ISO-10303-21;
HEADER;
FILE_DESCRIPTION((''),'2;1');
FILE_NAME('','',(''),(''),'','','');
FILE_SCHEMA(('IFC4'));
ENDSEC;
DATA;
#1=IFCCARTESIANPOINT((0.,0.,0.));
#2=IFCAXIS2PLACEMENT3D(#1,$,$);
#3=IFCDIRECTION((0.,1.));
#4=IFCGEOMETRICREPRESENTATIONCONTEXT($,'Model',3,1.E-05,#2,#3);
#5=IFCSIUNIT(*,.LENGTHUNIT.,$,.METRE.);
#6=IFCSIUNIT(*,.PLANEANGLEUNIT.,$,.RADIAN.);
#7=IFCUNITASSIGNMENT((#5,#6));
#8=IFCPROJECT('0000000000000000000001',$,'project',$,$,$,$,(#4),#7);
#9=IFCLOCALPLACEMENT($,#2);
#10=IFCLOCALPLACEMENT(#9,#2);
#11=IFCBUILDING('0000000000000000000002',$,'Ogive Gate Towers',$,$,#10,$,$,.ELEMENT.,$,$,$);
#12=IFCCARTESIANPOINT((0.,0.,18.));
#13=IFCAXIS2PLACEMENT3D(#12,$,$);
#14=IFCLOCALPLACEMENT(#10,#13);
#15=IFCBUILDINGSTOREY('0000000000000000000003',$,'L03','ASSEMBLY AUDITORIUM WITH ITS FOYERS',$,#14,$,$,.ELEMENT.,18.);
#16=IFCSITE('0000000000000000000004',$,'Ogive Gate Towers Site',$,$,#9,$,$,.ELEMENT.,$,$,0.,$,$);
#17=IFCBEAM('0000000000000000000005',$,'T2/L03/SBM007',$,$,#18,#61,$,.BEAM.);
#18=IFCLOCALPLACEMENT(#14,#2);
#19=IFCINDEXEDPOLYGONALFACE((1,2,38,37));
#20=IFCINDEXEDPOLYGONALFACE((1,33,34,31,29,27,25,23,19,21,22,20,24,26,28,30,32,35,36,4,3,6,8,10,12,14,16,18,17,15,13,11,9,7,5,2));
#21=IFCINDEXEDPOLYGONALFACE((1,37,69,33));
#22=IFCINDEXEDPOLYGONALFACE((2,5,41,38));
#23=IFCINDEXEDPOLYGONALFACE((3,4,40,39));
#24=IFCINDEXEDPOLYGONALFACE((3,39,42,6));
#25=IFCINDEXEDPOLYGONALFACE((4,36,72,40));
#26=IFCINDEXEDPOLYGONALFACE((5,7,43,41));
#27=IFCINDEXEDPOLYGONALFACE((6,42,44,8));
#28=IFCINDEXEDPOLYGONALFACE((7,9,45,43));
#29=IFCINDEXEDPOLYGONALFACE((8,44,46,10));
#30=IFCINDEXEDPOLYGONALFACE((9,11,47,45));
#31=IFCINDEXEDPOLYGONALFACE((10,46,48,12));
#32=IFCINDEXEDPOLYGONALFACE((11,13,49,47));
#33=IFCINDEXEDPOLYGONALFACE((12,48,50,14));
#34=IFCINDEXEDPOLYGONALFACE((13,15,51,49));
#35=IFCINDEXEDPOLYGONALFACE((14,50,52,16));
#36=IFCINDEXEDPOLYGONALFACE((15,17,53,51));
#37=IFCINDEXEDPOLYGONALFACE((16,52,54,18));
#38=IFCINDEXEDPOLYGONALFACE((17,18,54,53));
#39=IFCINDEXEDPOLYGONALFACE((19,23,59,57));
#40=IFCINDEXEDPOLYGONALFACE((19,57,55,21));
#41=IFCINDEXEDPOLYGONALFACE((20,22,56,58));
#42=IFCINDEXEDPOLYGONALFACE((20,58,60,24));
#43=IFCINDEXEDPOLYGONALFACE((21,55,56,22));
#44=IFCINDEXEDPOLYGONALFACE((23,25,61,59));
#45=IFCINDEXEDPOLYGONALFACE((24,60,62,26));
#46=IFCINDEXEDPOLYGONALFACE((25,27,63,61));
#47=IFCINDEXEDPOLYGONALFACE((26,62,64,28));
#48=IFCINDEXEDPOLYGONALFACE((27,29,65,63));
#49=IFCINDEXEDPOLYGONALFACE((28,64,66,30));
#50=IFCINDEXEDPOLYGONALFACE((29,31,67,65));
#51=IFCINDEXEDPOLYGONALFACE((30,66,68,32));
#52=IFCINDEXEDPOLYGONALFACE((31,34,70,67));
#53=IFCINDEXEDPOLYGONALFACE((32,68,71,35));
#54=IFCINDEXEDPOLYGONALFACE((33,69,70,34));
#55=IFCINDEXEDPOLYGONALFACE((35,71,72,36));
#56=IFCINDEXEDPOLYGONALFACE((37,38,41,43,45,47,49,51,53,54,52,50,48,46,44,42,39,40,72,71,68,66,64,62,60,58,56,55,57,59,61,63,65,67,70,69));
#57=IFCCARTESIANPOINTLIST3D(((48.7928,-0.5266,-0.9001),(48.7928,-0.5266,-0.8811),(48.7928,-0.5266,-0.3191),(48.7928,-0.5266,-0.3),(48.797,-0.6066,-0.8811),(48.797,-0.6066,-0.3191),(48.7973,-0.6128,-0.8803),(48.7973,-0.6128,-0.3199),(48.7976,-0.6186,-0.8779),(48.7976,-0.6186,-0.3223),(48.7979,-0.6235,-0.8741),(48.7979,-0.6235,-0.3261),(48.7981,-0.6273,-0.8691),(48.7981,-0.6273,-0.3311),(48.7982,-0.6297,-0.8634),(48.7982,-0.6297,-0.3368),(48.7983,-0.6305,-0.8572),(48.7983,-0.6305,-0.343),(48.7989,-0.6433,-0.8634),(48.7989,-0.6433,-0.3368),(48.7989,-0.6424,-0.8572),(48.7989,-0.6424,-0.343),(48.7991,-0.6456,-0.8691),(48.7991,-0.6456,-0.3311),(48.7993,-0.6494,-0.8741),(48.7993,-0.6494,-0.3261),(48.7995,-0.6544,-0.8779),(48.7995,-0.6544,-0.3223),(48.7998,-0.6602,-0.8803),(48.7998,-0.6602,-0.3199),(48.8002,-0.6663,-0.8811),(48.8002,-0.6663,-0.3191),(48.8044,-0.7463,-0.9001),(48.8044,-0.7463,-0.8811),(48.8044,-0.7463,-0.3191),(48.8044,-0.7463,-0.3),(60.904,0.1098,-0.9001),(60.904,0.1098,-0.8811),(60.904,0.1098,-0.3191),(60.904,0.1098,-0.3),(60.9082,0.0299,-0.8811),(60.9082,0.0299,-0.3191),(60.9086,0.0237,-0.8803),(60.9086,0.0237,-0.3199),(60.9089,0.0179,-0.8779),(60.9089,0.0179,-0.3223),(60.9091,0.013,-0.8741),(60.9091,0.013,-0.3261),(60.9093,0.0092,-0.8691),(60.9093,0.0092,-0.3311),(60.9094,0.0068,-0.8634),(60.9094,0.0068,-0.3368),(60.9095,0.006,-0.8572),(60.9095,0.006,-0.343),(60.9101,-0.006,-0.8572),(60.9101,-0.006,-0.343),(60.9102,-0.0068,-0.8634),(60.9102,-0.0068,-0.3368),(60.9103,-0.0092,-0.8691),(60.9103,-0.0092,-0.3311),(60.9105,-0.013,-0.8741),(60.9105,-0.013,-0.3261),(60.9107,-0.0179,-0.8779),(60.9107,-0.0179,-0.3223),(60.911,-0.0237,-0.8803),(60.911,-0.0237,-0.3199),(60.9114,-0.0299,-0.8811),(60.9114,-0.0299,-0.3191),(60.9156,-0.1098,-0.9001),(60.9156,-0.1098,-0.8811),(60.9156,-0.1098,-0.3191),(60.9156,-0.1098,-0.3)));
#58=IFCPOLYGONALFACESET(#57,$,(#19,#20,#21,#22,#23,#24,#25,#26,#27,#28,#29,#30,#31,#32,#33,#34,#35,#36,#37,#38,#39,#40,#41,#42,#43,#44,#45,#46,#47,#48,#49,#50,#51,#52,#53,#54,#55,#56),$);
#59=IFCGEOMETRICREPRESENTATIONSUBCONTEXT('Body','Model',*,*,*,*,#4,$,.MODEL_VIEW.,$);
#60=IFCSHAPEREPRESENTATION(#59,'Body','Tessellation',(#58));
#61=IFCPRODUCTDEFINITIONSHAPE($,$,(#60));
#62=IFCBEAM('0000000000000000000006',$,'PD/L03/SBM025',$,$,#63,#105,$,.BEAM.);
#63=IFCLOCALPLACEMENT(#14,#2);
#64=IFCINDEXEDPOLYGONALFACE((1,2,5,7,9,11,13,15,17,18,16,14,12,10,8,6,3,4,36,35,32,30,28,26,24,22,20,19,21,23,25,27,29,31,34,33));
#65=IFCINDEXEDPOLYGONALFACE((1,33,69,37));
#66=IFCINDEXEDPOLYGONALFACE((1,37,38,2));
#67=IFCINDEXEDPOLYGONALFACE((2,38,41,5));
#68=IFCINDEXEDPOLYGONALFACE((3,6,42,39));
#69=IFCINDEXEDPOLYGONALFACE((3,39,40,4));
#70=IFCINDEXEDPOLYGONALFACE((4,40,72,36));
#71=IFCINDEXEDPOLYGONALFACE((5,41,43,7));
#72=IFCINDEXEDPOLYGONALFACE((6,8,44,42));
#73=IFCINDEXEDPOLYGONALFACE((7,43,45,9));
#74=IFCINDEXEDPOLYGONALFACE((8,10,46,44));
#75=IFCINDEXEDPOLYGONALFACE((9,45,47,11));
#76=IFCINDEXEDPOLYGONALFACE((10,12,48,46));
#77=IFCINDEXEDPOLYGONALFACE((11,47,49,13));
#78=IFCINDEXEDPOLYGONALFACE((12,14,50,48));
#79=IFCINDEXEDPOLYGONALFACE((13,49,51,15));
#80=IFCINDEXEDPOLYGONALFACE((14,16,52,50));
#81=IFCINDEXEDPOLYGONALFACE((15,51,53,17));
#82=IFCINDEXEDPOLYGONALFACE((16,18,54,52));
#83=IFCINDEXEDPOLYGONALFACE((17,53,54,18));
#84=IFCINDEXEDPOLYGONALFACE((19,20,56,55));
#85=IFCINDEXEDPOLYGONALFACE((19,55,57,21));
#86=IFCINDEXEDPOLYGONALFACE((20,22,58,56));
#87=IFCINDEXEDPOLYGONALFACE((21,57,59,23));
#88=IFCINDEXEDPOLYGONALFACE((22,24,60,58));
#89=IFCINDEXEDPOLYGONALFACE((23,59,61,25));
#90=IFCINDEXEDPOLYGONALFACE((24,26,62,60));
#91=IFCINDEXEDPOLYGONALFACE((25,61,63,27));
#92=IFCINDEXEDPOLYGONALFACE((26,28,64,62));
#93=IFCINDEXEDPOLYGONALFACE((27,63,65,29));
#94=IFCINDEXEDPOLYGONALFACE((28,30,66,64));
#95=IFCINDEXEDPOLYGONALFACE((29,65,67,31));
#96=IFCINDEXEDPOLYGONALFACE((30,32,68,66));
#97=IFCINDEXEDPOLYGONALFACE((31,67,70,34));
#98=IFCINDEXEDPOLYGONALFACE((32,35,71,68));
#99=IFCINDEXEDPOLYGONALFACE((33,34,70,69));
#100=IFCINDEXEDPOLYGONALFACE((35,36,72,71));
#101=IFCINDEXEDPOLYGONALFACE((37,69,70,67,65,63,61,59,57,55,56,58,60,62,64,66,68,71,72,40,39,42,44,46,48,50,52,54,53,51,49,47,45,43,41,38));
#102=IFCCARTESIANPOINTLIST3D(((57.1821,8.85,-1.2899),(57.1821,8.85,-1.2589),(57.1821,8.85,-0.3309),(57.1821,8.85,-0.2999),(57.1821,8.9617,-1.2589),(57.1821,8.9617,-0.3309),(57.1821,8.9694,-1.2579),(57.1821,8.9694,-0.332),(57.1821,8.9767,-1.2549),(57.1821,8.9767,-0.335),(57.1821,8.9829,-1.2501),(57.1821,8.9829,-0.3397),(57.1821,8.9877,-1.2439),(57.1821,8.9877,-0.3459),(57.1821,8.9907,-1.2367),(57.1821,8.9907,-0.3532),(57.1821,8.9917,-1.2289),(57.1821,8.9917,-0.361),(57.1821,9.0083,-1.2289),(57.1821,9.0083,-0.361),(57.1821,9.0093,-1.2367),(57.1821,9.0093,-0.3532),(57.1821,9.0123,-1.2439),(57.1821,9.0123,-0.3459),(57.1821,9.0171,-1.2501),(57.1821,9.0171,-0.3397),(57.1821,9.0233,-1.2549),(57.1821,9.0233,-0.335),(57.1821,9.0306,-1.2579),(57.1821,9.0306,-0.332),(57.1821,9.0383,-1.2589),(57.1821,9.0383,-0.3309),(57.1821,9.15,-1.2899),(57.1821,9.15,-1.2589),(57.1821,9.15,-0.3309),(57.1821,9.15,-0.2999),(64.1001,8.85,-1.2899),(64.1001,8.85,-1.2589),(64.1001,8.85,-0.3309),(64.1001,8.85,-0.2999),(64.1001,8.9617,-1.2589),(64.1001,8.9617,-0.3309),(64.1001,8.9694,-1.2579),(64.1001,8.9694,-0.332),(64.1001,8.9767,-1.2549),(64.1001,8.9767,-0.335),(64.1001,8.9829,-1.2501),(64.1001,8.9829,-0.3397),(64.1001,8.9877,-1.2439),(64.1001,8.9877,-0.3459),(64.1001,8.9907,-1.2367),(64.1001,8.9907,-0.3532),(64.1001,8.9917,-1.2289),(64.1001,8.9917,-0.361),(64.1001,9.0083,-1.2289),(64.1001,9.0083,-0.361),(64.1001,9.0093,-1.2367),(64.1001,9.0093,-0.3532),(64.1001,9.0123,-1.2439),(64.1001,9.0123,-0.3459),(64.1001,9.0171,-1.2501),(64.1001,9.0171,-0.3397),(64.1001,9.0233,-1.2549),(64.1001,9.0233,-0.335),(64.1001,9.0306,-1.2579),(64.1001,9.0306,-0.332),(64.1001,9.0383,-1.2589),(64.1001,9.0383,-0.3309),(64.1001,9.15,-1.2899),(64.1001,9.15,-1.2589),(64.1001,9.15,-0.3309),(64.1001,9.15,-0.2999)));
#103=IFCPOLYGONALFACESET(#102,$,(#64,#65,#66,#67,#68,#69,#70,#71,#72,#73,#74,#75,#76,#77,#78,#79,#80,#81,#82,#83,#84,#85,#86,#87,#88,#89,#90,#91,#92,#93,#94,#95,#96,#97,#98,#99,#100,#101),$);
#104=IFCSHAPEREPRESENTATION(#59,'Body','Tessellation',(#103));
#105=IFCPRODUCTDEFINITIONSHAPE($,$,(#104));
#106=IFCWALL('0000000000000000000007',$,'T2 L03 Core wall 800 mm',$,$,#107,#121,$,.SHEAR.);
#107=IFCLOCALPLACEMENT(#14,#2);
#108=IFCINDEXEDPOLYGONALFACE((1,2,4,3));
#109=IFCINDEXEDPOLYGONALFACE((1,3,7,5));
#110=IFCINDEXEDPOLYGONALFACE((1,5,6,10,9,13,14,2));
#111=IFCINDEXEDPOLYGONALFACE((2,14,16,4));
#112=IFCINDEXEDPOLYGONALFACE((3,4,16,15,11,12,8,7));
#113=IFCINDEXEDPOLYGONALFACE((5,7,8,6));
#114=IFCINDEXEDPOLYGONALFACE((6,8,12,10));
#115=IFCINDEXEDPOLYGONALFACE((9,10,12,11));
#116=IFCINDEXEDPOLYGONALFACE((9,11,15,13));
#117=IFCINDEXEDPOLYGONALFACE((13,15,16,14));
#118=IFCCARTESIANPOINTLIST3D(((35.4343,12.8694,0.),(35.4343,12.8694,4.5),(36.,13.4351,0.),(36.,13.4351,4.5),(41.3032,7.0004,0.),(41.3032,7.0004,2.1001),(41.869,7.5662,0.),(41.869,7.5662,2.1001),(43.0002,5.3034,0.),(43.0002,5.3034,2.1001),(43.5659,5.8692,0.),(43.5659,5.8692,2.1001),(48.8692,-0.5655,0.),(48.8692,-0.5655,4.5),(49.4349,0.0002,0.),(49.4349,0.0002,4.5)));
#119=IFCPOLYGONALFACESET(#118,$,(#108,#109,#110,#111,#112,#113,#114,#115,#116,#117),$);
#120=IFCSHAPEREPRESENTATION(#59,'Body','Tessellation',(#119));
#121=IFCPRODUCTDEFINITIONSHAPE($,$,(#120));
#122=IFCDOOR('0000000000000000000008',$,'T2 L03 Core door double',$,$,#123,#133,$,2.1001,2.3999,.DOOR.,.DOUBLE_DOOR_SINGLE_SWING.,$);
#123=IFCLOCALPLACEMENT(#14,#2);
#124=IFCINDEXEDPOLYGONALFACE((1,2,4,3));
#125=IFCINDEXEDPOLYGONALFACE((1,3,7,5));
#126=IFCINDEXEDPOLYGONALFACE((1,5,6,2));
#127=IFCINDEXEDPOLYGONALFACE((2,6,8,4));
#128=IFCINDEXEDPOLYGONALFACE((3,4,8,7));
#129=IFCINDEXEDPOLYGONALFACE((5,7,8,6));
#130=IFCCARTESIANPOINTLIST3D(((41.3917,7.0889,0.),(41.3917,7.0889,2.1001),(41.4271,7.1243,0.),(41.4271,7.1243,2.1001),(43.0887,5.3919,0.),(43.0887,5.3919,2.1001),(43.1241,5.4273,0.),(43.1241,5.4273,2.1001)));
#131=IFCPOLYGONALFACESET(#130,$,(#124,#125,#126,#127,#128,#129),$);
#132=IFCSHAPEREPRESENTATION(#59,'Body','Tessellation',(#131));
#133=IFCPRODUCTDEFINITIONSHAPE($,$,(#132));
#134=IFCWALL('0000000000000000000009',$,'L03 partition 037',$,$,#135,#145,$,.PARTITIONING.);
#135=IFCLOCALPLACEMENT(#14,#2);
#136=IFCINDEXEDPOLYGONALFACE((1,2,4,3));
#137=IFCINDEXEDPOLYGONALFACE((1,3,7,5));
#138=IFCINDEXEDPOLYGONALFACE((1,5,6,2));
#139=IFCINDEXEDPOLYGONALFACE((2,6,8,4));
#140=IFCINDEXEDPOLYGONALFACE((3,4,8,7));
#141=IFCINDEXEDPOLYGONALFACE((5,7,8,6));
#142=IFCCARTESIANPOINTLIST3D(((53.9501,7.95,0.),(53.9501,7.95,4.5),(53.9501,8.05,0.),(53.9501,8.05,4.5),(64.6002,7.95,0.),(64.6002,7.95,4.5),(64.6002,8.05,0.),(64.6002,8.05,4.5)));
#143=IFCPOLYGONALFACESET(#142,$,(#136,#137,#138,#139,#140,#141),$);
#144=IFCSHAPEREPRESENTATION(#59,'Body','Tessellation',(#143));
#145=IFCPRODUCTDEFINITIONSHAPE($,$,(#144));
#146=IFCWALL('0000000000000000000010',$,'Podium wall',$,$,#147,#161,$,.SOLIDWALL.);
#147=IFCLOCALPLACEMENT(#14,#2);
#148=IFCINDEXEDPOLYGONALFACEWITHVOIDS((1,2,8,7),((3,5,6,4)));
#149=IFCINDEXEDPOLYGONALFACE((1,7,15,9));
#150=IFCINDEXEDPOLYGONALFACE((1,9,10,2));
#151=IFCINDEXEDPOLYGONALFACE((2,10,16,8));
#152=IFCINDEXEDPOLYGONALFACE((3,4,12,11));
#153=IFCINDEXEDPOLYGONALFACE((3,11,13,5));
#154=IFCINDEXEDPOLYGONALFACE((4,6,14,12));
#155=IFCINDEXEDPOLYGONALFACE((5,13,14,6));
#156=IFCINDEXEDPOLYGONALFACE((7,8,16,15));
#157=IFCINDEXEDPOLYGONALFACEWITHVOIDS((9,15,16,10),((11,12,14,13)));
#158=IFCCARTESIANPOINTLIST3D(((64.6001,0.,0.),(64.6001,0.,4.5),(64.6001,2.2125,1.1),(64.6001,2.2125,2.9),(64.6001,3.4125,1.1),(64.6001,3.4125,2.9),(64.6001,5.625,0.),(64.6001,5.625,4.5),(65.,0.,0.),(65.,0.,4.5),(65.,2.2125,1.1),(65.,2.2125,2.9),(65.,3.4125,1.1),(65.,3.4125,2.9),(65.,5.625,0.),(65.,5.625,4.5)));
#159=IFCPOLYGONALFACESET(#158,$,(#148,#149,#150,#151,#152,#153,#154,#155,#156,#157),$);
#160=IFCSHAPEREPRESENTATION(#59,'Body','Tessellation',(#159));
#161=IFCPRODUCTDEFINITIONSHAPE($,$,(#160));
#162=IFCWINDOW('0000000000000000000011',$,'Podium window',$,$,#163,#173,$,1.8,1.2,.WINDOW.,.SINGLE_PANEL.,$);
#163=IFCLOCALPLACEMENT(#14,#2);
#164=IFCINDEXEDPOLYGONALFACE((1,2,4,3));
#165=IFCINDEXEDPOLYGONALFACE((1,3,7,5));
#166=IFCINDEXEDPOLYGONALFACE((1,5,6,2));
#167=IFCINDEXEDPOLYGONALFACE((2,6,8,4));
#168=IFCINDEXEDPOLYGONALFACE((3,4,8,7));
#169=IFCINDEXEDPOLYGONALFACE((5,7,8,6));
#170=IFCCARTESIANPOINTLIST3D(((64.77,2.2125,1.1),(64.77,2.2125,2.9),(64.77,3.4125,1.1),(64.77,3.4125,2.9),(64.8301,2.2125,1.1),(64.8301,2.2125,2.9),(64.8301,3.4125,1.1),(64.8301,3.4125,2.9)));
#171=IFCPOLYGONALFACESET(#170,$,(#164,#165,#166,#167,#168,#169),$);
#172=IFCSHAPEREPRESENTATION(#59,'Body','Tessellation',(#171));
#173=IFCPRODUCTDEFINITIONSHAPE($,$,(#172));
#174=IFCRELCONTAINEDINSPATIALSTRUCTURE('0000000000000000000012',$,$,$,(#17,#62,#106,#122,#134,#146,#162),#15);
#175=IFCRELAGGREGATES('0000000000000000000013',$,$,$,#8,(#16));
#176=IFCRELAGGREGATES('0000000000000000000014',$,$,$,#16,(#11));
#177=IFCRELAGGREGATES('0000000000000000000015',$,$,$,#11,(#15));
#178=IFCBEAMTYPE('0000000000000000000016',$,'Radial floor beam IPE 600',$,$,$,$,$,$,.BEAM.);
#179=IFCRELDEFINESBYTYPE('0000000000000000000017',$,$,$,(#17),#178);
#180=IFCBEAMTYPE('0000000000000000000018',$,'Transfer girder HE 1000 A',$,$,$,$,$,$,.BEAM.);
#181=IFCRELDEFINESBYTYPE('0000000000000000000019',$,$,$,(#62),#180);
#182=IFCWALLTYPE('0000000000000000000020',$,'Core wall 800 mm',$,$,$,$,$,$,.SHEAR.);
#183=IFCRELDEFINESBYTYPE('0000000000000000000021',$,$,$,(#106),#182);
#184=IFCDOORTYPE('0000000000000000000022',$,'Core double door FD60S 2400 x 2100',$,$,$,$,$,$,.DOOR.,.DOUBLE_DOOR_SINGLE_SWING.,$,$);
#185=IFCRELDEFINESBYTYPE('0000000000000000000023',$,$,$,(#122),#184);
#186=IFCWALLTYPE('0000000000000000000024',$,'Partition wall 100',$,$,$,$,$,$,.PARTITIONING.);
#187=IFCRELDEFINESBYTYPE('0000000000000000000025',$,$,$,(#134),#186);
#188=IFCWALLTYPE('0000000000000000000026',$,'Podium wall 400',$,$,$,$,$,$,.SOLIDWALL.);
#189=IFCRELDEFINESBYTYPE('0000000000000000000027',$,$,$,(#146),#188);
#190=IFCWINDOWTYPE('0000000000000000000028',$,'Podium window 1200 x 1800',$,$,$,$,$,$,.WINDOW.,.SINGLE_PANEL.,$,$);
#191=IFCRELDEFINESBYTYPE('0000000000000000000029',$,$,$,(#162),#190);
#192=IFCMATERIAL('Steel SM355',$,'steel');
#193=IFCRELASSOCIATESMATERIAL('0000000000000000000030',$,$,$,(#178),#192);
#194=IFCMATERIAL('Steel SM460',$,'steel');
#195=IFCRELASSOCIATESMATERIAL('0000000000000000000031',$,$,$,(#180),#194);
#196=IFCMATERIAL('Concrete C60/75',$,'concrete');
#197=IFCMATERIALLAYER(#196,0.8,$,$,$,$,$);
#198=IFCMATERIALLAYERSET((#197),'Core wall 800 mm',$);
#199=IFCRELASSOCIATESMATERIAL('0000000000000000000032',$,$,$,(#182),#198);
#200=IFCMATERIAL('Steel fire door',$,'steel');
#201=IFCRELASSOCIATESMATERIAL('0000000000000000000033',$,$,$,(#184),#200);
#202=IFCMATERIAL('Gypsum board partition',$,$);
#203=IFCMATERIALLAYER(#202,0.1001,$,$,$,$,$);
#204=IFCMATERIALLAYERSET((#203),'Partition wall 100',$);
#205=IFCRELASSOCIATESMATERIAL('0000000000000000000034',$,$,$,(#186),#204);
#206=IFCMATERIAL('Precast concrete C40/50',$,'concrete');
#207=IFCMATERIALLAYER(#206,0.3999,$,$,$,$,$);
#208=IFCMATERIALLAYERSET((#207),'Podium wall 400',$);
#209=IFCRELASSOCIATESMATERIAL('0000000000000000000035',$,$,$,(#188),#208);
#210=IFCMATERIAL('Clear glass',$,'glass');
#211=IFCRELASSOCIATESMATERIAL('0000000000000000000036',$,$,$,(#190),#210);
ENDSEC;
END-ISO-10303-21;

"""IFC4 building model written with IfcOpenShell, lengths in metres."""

from ifc_helpers import new_model, si_unit, direction, frame, frame_2d, origin, origin_2d, place, context, subcontext, project, spatial, rectangle, i_section, extrude, material, layer, layer_set, material_profile, profile_set, type_object, element, fill, save


model = new_model("IFC4")

# Units and contexts
model_context = context("Model", 3, precision=1e-05, world=origin(), true_north=direction((0.0, 1.0)))
body_context = subcontext(model_context, "Body", "Model", "MODEL_VIEW")
ifc_project = project(units=[si_unit("LENGTHUNIT", "METRE"), si_unit("PLANEANGLEUNIT", "RADIAN")], contexts=[model_context])

# Site, building, storey
site_placement = place(None, origin())
site = spatial("IfcSite", under=ifc_project, at=site_placement, Name="Ogive Gate Towers Site", CompositionType="ELEMENT", RefElevation=0.0)
building_placement = place(site_placement, origin())
building = spatial("IfcBuilding", under=site, at=building_placement, Name="Ogive Gate Towers", CompositionType="ELEMENT")
storey_placement = place(building_placement, frame((0.0, 0.0, 18.0)))
storey = spatial("IfcBuildingStorey", under=building, at=storey_placement, Name="L03", Description="ASSEMBLY AUDITORIUM WITH ITS FOYERS", CompositionType="ELEMENT", Elevation=18.0)

# Beams
ifc_material_1 = material(Name="Steel SM460", Category="steel")
ifc_material_2 = material(Name="Steel SM355", Category="steel")
ifc_material_profile_1 = material_profile(ifc_material_2, i_section(OverallWidth=0.22, OverallDepth=0.6001, WebThickness=0.012, FlangeThickness=0.019, FilletRadius=0.0239, at=origin_2d()), Name="IPE 600")
ifc_profile_set_1 = profile_set([ifc_material_profile_1], Name="Steel SM355")
beam_type_1 = type_object("IfcBeamType", Name="Radial floor beam IPE 600", PredefinedType="BEAM", material=ifc_profile_set_1)
beam_1_placement = place(storey_placement, frame((48.7986, -0.6365, -0.6001), z_axis=(0.998622, 0.05248, 0.0), x_axis=(-0.05248, 0.998622, 0.0)))
element("IfcBeam", 1, at=beam_1_placement, inside=storey, type_object=beam_type_1, Name="T2/L03/SBM007", PredefinedType="BEAM", context=body_context, shape_type="SweptSolid", body=[
    extrude(i_section(OverallWidth=0.22, OverallDepth=0.6001, WebThickness=0.012, FlangeThickness=0.019, FilletRadius=0.0239, at=origin_2d()), origin(), (0.0, 0.0, 1.0), 12.1279),
])
ifc_material_profile_2 = material_profile(ifc_material_1, i_section(OverallWidth=0.3, OverallDepth=0.99, WebThickness=0.0166, FlangeThickness=0.031, FilletRadius=0.03, at=origin_2d()), Name="HE 1000 A")
ifc_profile_set_2 = profile_set([ifc_material_profile_2], Name="Steel SM460")
beam_type_2 = type_object("IfcBeamType", Name="Transfer girder HE 1000 A", PredefinedType="BEAM", material=ifc_profile_set_2)
beam_2_placement = place(storey_placement, frame((64.1001, 9.0, -0.7949), z_axis=(-1.0, 0.0, 0.0), x_axis=(0.0, -1.0, 0.0)))
element("IfcBeam", 2, at=beam_2_placement, inside=storey, type_object=beam_type_2, Name="PD/L03/SBM025", PredefinedType="BEAM", context=body_context, shape_type="SweptSolid", body=[
    extrude(i_section(OverallWidth=0.3, OverallDepth=0.99, WebThickness=0.0166, FlangeThickness=0.031, FilletRadius=0.03, at=origin_2d()), origin(), (0.0, 0.0, 1.0), 6.918),
])

# Wall, opening, door
ifc_material_3 = material(Name="Concrete C60/75", Category="concrete")
ifc_layer_1 = layer(ifc_material_3, 0.8)
ifc_layer_set_1 = layer_set([ifc_layer_1], Name="Core wall 800 mm")
wall_type_1 = type_object("IfcWallType", Name="Core wall 800 mm", PredefinedType="SHEAR", material=ifc_layer_set_1)
wall_1_placement = place(storey_placement, frame((49.1521, -0.2827, 0.0), z_axis=(0.0, 0.0, 1.0), x_axis=(-0.707107, 0.707107, 0.0)))
wall_1 = element("IfcWall", 3, at=wall_1_placement, inside=storey, type_object=wall_type_1, Name="T2 L03 Core wall 800 mm", PredefinedType="SHEAR", context=body_context, shape_type="SweptSolid", body=[
    extrude(rectangle(XDim=18.9998, YDim=0.8, at=frame_2d((9.5, 0.0))), origin(), (0.0, 0.0, 1.0), 4.5),
])
opening_1_placement = place(wall_1_placement, frame((8.3, 0.0, 0.0)))
opening_1 = element("IfcOpeningElement", 4, at=opening_1_placement, cuts=wall_1, PredefinedType="OPENING", context=body_context, shape_type="SweptSolid", body=[
    extrude(rectangle(XDim=2.3999, YDim=2.1001, at=frame_2d((1.2, 1.05))), frame((0.0, 0.4102, 0.0), z_axis=(0.0, -1.0, 0.0), x_axis=(1.0, 0.0, 0.0)), (0.0, 0.0, 1.0), 0.8201),
])
ifc_material_4 = material(Name="Steel fire door", Category="steel")
door_type_1 = type_object("IfcDoorType", Name="Core double door FD60S 2400 x 2100", OperationType="DOUBLE_DOOR_SINGLE_SWING", PredefinedType="DOOR", material=ifc_material_4)
door_1_placement = place(opening_1_placement, origin())
door_1 = element("IfcDoor", 5, at=door_1_placement, inside=storey, type_object=door_type_1, Name="T2 L03 Core door double", OperationType="DOUBLE_DOOR_SINGLE_SWING", OverallHeight=2.1001, OverallWidth=2.3999, PredefinedType="DOOR", context=body_context, shape_type="SweptSolid", body=[
    extrude(rectangle(XDim=2.3999, YDim=2.1001, at=frame_2d((1.2, 1.05))), frame((0.0, 0.2749, 0.0), z_axis=(0.0, -1.0, 0.0), x_axis=(1.0, 0.0, 0.0)), (0.0, 0.0, 1.0), 0.05),
])
fill(opening_1, door_1)

# Wall
ifc_material_5 = material(Name="Gypsum board partition")
ifc_layer_2 = layer(ifc_material_5, 0.1001)
ifc_layer_set_2 = layer_set([ifc_layer_2], Name="Partition wall 100")
wall_type_2 = type_object("IfcWallType", Name="Partition wall 100", PredefinedType="PARTITIONING", material=ifc_layer_set_2)
wall_2_placement = place(storey_placement, frame((53.95, 8.0, 0.0), z_axis=(0.0, 0.0, 1.0), x_axis=(1.0, 0.0, 0.0)))
element("IfcWall", 6, at=wall_2_placement, inside=storey, type_object=wall_type_2, Name="L03 partition 037", PredefinedType="PARTITIONING", context=body_context, shape_type="SweptSolid", body=[
    extrude(rectangle(XDim=10.6501, YDim=0.1001, at=frame_2d((5.3252, 0.0))), origin(), (0.0, 0.0, 1.0), 4.5),
])

# Shared definitions
ifc_material_6 = material(Name="Precast concrete C40/50", Category="concrete")
ifc_layer_3 = layer(ifc_material_6, 0.3999)
ifc_layer_set_3 = layer_set([ifc_layer_3], Name="Podium wall 400")
wall_type_3 = type_object("IfcWallType", Name="Podium wall 400", PredefinedType="SOLIDWALL", material=ifc_layer_set_3)

# Wall, opening, window
wall_3_placement = place(storey_placement, frame((64.8, 0.0, 0.0), z_axis=(0.0, 0.0, 1.0), x_axis=(0.0, 1.0, 0.0)))
wall_3 = element("IfcWall", 7, at=wall_3_placement, inside=storey, type_object=wall_type_3, Name="Podium wall", PredefinedType="SOLIDWALL", context=body_context, shape_type="SweptSolid", body=[
    extrude(rectangle(XDim=5.625, YDim=0.3999, at=frame_2d((2.8125, 0.0))), origin(), (0.0, 0.0, 1.0), 4.5),
])
opening_2_placement = place(wall_3_placement, frame((2.2124, 0.0, 1.1001)))
opening_2 = element("IfcOpeningElement", 8, at=opening_2_placement, cuts=wall_3, PredefinedType="OPENING", context=body_context, shape_type="SweptSolid", body=[
    extrude(rectangle(XDim=1.2, YDim=1.8, at=frame_2d((0.6001, 0.8999))), frame((0.0, 0.21, 0.0), z_axis=(0.0, -1.0, 0.0), x_axis=(1.0, 0.0, 0.0)), (0.0, 0.0, 1.0), 0.4199),
])
ifc_material_7 = material(Name="Clear glass", Category="glass")
window_type = type_object("IfcWindowType", Name="Podium window 1200 x 1800", PartitioningType="SINGLE_PANEL", PredefinedType="WINDOW", material=ifc_material_7)
window_placement = place(opening_2_placement, origin())
window = element("IfcWindow", 9, at=window_placement, inside=storey, type_object=window_type, Name="Podium window", OverallHeight=1.8, OverallWidth=1.2, PartitioningType="SINGLE_PANEL", PredefinedType="WINDOW", context=body_context, shape_type="SweptSolid", body=[
    extrude(rectangle(XDim=1.2, YDim=1.8, at=frame_2d((0.6001, 0.8999))), frame((0.0, 0.03, 0.0), z_axis=(0.0, -1.0, 0.0), x_axis=(1.0, 0.0, 0.0)), (0.0, 0.0, 1.0), 0.0601),
])
fill(opening_2, window)

save(model, "model.ifc")
